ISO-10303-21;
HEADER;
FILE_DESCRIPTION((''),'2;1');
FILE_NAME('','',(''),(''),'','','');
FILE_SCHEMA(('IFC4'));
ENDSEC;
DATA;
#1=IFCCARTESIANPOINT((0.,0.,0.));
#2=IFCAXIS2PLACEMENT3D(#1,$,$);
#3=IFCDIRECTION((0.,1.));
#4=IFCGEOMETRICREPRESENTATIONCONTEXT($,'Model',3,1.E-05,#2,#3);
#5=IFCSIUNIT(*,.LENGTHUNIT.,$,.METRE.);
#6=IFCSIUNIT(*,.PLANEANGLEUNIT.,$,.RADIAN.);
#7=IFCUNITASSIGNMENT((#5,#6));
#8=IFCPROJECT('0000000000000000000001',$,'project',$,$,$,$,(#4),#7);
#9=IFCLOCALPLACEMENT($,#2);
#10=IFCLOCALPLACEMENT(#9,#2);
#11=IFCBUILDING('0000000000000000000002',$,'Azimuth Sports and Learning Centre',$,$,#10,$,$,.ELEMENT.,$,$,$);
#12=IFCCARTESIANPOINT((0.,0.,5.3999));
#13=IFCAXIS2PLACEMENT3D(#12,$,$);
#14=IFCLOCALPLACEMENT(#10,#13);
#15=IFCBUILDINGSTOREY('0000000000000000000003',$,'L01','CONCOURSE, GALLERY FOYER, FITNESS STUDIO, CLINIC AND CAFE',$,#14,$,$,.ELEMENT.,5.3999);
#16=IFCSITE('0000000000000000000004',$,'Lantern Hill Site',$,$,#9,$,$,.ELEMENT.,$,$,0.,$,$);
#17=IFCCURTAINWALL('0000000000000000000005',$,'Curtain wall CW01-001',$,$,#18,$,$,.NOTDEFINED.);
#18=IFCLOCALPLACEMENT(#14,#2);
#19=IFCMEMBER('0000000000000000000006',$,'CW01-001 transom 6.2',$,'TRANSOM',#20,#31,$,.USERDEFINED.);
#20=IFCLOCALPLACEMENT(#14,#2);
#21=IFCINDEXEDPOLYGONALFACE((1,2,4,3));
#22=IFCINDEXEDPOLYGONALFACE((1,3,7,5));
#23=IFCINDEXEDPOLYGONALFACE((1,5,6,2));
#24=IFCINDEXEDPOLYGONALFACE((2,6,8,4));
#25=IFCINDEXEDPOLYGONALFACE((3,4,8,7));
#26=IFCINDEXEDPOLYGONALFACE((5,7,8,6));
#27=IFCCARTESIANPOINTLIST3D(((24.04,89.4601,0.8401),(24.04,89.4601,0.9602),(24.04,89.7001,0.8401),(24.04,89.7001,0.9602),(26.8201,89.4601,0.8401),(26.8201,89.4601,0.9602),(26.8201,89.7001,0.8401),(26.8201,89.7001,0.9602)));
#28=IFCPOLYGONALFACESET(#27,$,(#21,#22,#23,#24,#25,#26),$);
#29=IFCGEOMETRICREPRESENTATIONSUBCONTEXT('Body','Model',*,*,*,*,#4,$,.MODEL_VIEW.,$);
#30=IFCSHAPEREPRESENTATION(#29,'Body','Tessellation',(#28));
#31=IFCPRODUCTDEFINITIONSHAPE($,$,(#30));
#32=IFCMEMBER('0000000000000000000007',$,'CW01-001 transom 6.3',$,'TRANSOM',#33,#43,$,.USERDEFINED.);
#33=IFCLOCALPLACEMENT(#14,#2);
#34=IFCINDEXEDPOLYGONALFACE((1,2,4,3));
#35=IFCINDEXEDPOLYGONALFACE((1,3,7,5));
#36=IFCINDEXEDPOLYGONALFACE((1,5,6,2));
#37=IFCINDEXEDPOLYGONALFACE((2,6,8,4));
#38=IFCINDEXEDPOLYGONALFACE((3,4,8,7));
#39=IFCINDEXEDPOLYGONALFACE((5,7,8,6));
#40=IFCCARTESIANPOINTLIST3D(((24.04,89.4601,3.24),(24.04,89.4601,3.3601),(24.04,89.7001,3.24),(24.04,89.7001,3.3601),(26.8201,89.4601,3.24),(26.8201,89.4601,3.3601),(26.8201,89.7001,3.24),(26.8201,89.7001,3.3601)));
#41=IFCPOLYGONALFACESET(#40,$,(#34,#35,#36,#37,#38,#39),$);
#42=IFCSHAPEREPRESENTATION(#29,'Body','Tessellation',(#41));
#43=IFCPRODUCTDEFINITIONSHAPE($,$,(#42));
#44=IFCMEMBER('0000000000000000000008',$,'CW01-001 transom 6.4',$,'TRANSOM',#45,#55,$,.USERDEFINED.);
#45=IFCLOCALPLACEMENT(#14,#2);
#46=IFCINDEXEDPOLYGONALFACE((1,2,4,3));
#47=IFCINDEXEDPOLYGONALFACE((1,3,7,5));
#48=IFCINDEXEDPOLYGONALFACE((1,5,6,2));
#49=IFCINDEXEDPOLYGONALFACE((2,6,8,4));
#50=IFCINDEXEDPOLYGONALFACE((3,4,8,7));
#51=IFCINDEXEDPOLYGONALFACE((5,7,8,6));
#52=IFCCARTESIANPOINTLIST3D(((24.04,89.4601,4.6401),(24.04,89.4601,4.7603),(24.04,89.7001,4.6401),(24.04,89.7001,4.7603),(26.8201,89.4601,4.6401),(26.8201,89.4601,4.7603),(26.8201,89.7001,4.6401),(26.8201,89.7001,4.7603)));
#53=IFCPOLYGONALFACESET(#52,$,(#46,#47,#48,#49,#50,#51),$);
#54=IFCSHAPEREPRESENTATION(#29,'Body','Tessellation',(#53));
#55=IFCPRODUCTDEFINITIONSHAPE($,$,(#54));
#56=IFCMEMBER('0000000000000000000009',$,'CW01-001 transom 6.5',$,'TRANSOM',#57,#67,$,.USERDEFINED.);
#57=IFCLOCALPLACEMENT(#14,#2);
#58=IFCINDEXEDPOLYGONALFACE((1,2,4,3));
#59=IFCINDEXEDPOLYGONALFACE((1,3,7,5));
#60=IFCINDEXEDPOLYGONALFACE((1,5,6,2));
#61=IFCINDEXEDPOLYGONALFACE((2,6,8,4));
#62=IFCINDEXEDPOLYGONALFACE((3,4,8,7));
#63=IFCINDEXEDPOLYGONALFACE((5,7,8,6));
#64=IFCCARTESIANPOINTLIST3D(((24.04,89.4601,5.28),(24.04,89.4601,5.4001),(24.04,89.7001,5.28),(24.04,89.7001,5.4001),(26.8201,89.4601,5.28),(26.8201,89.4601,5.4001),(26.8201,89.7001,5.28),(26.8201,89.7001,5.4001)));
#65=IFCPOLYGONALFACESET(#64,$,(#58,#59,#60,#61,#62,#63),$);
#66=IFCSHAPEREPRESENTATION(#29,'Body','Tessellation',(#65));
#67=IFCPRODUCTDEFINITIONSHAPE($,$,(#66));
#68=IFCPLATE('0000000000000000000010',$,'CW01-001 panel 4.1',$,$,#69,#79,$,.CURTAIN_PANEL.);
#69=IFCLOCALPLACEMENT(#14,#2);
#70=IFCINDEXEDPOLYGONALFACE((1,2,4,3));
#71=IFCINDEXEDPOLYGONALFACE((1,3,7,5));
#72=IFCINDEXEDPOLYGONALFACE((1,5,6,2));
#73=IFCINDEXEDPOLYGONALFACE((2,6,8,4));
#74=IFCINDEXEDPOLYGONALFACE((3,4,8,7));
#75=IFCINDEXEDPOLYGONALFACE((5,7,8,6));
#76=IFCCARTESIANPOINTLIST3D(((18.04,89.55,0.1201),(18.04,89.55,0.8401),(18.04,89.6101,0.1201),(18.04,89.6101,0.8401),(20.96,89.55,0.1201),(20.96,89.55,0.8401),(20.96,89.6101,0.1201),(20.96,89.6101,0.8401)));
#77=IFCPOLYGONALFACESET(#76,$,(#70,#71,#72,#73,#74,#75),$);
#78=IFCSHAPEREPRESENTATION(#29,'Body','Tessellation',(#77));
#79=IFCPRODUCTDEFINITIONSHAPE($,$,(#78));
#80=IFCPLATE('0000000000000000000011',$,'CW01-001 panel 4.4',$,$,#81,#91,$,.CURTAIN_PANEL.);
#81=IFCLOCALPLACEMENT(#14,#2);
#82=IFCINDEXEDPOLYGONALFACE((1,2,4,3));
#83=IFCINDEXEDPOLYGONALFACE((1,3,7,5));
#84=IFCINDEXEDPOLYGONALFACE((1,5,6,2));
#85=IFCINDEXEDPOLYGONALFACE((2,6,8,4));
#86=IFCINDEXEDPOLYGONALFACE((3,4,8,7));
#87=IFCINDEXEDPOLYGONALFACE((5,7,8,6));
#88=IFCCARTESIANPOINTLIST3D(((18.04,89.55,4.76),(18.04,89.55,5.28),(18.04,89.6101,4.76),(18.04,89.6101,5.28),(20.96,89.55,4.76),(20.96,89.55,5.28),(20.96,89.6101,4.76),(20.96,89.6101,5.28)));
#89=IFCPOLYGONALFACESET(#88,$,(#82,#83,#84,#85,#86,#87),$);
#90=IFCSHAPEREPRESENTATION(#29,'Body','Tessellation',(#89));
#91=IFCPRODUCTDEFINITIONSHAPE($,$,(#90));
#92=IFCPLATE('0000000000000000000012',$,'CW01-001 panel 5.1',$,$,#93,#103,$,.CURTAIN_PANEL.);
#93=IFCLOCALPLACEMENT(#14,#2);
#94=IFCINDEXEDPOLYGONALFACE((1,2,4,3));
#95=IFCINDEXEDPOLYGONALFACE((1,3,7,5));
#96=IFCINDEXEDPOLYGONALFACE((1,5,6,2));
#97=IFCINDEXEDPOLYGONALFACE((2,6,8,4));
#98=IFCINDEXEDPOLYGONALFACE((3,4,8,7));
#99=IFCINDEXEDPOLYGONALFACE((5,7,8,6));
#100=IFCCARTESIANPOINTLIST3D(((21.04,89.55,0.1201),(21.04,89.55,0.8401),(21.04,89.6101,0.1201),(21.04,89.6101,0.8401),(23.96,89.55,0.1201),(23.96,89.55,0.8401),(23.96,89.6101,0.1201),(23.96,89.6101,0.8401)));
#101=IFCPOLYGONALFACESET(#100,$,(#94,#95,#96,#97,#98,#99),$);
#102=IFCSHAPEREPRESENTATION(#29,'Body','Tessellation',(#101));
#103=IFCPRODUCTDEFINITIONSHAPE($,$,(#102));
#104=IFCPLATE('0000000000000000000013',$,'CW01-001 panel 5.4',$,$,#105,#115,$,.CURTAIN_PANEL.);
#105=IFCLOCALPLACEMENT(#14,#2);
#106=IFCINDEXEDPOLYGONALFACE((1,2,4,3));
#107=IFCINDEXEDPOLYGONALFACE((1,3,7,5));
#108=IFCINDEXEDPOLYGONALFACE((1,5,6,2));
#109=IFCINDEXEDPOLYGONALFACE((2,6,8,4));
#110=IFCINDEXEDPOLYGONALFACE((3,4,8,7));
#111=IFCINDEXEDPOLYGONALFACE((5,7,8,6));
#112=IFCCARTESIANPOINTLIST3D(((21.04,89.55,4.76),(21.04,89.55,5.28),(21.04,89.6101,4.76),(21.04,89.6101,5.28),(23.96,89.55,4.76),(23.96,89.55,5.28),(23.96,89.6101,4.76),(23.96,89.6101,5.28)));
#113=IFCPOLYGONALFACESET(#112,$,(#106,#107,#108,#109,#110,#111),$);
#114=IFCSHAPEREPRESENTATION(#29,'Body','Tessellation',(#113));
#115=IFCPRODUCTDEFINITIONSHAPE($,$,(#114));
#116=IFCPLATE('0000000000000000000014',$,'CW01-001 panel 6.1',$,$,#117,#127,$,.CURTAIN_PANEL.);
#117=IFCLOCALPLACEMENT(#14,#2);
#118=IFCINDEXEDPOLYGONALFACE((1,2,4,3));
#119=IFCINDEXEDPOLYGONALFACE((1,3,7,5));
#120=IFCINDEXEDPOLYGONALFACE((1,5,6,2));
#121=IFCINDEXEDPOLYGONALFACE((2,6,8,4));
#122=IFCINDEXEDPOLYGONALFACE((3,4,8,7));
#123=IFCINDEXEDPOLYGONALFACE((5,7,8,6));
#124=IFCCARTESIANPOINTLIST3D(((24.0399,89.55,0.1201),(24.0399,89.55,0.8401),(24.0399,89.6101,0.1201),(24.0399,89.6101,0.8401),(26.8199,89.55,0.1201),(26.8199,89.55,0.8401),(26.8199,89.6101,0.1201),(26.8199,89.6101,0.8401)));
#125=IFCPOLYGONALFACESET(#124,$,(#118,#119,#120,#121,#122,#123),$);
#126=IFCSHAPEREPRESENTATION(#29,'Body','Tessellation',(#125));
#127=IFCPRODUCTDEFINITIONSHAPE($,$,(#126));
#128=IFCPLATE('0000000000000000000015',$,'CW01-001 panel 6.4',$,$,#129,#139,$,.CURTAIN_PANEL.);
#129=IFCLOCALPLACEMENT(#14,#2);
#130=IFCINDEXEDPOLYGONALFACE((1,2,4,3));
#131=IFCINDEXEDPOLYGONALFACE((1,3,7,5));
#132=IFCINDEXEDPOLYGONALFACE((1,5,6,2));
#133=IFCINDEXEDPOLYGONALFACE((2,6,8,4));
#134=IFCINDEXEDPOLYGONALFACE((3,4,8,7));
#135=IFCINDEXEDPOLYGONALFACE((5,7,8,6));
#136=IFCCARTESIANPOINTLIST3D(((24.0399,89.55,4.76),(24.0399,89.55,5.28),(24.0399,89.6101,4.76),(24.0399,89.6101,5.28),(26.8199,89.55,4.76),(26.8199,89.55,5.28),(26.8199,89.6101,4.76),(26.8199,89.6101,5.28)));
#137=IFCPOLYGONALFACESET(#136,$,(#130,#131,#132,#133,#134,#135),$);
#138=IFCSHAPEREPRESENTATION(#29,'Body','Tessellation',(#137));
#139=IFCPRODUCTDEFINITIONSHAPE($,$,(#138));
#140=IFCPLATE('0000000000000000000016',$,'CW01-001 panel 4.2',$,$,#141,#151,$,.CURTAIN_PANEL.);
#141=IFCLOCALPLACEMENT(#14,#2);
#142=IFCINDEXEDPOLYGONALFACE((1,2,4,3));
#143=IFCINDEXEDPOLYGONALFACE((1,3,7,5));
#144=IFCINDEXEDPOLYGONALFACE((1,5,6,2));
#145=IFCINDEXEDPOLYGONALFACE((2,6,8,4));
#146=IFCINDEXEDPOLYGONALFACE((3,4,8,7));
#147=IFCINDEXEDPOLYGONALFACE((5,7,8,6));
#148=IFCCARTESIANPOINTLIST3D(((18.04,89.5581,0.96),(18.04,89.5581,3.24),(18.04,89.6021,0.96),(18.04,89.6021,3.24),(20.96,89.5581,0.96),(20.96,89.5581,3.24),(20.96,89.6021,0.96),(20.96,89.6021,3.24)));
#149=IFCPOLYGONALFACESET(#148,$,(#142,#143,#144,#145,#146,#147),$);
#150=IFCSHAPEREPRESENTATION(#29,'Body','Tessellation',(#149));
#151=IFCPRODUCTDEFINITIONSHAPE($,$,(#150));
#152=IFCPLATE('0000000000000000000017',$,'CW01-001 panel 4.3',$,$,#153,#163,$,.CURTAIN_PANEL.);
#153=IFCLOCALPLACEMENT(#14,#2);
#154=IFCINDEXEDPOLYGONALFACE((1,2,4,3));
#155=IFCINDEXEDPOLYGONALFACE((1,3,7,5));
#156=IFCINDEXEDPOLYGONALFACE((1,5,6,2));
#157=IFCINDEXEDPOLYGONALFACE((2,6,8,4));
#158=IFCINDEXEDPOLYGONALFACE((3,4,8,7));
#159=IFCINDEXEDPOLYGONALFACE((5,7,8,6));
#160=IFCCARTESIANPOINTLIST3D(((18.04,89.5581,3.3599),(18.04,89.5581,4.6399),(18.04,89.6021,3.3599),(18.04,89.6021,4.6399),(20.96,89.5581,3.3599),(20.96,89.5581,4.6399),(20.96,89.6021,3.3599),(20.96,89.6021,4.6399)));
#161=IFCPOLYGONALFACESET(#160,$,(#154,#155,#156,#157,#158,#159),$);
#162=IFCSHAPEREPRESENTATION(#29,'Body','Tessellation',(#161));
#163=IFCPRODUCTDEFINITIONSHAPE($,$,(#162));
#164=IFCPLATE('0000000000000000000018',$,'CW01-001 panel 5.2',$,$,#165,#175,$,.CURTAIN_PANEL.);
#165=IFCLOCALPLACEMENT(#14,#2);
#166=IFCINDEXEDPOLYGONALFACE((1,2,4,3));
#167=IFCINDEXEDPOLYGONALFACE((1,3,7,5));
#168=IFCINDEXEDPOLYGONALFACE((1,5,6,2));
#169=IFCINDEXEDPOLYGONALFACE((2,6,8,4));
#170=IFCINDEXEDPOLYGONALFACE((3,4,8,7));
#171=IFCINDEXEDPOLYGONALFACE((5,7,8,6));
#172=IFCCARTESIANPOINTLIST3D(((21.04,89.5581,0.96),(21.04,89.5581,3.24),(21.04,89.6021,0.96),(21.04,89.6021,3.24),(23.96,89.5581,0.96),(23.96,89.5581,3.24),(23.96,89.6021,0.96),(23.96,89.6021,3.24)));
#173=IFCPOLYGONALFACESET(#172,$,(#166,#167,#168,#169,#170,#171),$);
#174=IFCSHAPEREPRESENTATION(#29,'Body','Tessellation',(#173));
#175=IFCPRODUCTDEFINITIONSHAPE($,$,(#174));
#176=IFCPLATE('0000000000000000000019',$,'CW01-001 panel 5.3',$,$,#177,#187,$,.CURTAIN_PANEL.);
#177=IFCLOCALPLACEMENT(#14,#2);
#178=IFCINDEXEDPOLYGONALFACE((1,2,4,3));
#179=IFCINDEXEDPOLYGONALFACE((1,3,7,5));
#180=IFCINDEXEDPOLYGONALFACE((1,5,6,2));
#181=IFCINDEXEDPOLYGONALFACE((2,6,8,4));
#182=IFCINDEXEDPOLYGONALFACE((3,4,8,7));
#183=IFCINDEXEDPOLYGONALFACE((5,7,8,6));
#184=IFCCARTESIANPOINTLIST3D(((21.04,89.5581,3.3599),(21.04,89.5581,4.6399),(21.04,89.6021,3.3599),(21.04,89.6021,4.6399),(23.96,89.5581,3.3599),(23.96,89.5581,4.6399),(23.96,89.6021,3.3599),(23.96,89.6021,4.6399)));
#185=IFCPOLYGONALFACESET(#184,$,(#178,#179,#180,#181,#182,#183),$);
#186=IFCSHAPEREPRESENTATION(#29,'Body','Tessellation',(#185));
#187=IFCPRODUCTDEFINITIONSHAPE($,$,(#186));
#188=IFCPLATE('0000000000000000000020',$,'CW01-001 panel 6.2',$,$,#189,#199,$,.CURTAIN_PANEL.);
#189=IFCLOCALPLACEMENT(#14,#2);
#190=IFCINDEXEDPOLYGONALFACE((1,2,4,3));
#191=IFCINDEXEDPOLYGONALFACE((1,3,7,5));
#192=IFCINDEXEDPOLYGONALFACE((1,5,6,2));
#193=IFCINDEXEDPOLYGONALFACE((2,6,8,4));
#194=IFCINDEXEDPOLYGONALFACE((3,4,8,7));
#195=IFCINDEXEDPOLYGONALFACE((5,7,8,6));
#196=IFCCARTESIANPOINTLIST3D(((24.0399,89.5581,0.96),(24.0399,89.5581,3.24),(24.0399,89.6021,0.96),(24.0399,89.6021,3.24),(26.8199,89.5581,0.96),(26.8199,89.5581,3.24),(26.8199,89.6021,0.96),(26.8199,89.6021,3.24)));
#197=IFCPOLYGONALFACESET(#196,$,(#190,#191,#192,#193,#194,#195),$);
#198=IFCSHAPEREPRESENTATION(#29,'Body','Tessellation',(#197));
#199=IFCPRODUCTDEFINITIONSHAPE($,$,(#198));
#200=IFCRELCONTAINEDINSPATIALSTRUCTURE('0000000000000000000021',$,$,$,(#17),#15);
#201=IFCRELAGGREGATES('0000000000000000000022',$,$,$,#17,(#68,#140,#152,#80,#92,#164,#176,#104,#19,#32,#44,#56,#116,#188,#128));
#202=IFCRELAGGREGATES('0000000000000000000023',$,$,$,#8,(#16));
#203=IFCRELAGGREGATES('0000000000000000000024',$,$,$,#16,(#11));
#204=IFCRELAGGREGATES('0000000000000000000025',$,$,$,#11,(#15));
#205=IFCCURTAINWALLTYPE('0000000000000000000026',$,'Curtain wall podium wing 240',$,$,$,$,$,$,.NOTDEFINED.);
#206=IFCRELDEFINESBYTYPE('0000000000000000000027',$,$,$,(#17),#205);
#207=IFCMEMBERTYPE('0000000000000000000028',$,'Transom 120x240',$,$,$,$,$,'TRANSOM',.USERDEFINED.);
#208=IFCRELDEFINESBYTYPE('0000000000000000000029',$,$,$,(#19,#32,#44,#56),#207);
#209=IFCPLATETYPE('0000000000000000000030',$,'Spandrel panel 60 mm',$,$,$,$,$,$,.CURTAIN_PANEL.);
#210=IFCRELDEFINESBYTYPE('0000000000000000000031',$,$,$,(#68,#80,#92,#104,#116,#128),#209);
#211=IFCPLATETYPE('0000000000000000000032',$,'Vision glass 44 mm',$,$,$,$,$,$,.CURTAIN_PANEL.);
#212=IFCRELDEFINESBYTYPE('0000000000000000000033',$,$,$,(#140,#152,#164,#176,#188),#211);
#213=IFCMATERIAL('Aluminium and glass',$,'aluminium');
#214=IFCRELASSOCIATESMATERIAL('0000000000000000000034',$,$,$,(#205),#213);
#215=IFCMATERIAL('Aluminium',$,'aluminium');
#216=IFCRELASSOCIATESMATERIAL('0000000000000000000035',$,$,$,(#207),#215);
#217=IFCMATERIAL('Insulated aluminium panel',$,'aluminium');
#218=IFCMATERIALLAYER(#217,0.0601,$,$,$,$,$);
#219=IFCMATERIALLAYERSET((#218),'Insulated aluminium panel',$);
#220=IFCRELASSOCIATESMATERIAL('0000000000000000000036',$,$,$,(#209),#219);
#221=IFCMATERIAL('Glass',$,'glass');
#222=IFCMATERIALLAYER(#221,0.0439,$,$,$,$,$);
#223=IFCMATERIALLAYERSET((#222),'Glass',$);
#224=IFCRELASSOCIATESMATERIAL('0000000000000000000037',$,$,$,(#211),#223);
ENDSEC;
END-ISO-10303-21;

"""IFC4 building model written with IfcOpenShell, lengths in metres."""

from ifc_helpers import new_model, si_unit, direction, frame, origin, origin_2d, place, context, subcontext, project, spatial, rectangle, extrude, material, layer, layer_set, material_profile, profile_set, type_object, element, aggregate, save


model = new_model("IFC4")

# Units and contexts
model_context = context("Model", 3, precision=1e-05, world=origin(), true_north=direction((0.0, 1.0)))
body_context = subcontext(model_context, "Body", "Model", "MODEL_VIEW")
ifc_project = project(units=[si_unit("LENGTHUNIT", "METRE"), si_unit("PLANEANGLEUNIT", "RADIAN")], contexts=[model_context])

# Site, building, storey
site_placement = place(None, origin())
site = spatial("IfcSite", under=ifc_project, at=site_placement, Name="Lantern Hill Site", CompositionType="ELEMENT", RefElevation=0.0)
building_placement = place(site_placement, origin())
building = spatial("IfcBuilding", under=site, at=building_placement, Name="Azimuth Sports and Learning Centre", CompositionType="ELEMENT")
storey_placement = place(building_placement, frame((0.0, 0.0, 5.3999)))
storey = spatial("IfcBuildingStorey", under=building, at=storey_placement, Name="L01", Description="CONCOURSE, GALLERY FOYER, FITNESS STUDIO, CLINIC AND CAFE", CompositionType="ELEMENT", Elevation=5.3999)

# Curtain wall
ifc_material_1 = material(Name="Aluminium and glass", Category="aluminium")
curtain_wall_type = type_object("IfcCurtainWallType", Name="Curtain wall podium wing 240", PredefinedType="NOTDEFINED", material=ifc_material_1)
curtain_wall_1_placement = place(storey_placement, origin())
curtain_wall_1 = element("IfcCurtainWall", 1, at=curtain_wall_1_placement, inside=storey, type_object=curtain_wall_type, Name="Curtain wall CW01-001", PredefinedType="NOTDEFINED")

# Members
ifc_material_2 = material(Name="Aluminium", Category="aluminium")
ifc_material_profile_1 = material_profile(ifc_material_2, rectangle(XDim=0.24, YDim=0.1201, at=origin_2d()), Name="Transom 120x240")
ifc_profile_set_1 = profile_set([ifc_material_profile_1], Name="Aluminium")
member_type_1 = type_object("IfcMemberType", Name="Transom 120x240", ElementType="TRANSOM", PredefinedType="USERDEFINED", material=ifc_profile_set_1)
member_1_placement = place(storey_placement, frame((24.04, 89.5801, 0.9001), z_axis=(1.0, 0.0, 0.0), x_axis=(0.0, 1.0, 0.0)))
member_1 = element("IfcMember", 2, at=member_1_placement, type_object=member_type_1, Name="CW01-001 transom 6.2", ObjectType="TRANSOM", PredefinedType="USERDEFINED", context=body_context, shape_type="SweptSolid", body=[
    extrude(rectangle(XDim=0.24, YDim=0.1201, at=origin_2d()), origin(), (0.0, 0.0, 1.0), 2.78),
])
member_2_placement = place(storey_placement, frame((24.04, 89.5801, 3.3), z_axis=(1.0, 0.0, 0.0), x_axis=(0.0, 1.0, 0.0)))
member_2 = element("IfcMember", 3, at=member_2_placement, type_object=member_type_1, Name="CW01-001 transom 6.3", ObjectType="TRANSOM", PredefinedType="USERDEFINED", context=body_context, shape_type="SweptSolid", body=[
    extrude(rectangle(XDim=0.24, YDim=0.1201, at=origin_2d()), origin(), (0.0, 0.0, 1.0), 2.78),
])
member_3_placement = place(storey_placement, frame((24.04, 89.5801, 4.7002), z_axis=(1.0, 0.0, 0.0), x_axis=(0.0, 1.0, 0.0)))
member_3 = element("IfcMember", 4, at=member_3_placement, type_object=member_type_1, Name="CW01-001 transom 6.4", ObjectType="TRANSOM", PredefinedType="USERDEFINED", context=body_context, shape_type="SweptSolid", body=[
    extrude(rectangle(XDim=0.24, YDim=0.1201, at=origin_2d()), origin(), (0.0, 0.0, 1.0), 2.78),
])
member_4_placement = place(storey_placement, frame((24.04, 89.5801, 5.3401), z_axis=(1.0, 0.0, 0.0), x_axis=(0.0, 1.0, 0.0)))
member_4 = element("IfcMember", 5, at=member_4_placement, type_object=member_type_1, Name="CW01-001 transom 6.5", ObjectType="TRANSOM", PredefinedType="USERDEFINED", context=body_context, shape_type="SweptSolid", body=[
    extrude(rectangle(XDim=0.24, YDim=0.1201, at=origin_2d()), origin(), (0.0, 0.0, 1.0), 2.78),
])

# Plates
ifc_material_3 = material(Name="Insulated aluminium panel", Category="aluminium")
ifc_layer_1 = layer(ifc_material_3, 0.0601)
ifc_layer_set_1 = layer_set([ifc_layer_1], Name="Insulated aluminium panel")
plate_type_1 = type_object("IfcPlateType", Name="Spandrel panel 60 mm", PredefinedType="CURTAIN_PANEL", material=ifc_layer_set_1)
plate_1_placement = place(storey_placement, frame((19.5, 89.5801, 0.1201), z_axis=(0.0, 0.0, 1.0), x_axis=(1.0, 0.0, 0.0)))
plate_1 = element("IfcPlate", 6, at=plate_1_placement, type_object=plate_type_1, Name="CW01-001 panel 4.1", PredefinedType="CURTAIN_PANEL", context=body_context, shape_type="SweptSolid", body=[
    extrude(rectangle(XDim=2.9199, YDim=0.0601, at=origin_2d()), origin(), (0.0, 0.0, 1.0), 0.72),
])
plate_2_placement = place(storey_placement, frame((19.5, 89.5801, 4.76), z_axis=(0.0, 0.0, 1.0), x_axis=(1.0, 0.0, 0.0)))
plate_2 = element("IfcPlate", 7, at=plate_2_placement, type_object=plate_type_1, Name="CW01-001 panel 4.4", PredefinedType="CURTAIN_PANEL", context=body_context, shape_type="SweptSolid", body=[
    extrude(rectangle(XDim=2.9199, YDim=0.0601, at=origin_2d()), origin(), (0.0, 0.0, 1.0), 0.52),
])
plate_3_placement = place(storey_placement, frame((22.5, 89.5801, 0.1201), z_axis=(0.0, 0.0, 1.0), x_axis=(1.0, 0.0, 0.0)))
plate_3 = element("IfcPlate", 8, at=plate_3_placement, type_object=plate_type_1, Name="CW01-001 panel 5.1", PredefinedType="CURTAIN_PANEL", context=body_context, shape_type="SweptSolid", body=[
    extrude(rectangle(XDim=2.9199, YDim=0.0601, at=origin_2d()), origin(), (0.0, 0.0, 1.0), 0.72),
])
plate_4_placement = place(storey_placement, frame((22.5, 89.5801, 4.76), z_axis=(0.0, 0.0, 1.0), x_axis=(1.0, 0.0, 0.0)))
plate_4 = element("IfcPlate", 9, at=plate_4_placement, type_object=plate_type_1, Name="CW01-001 panel 5.4", PredefinedType="CURTAIN_PANEL", context=body_context, shape_type="SweptSolid", body=[
    extrude(rectangle(XDim=2.9199, YDim=0.0601, at=origin_2d()), origin(), (0.0, 0.0, 1.0), 0.52),
])
plate_5_placement = place(storey_placement, frame((25.4299, 89.5801, 0.1201), z_axis=(0.0, 0.0, 1.0), x_axis=(1.0, 0.0, 0.0)))
plate_5 = element("IfcPlate", 10, at=plate_5_placement, type_object=plate_type_1, Name="CW01-001 panel 6.1", PredefinedType="CURTAIN_PANEL", context=body_context, shape_type="SweptSolid", body=[
    extrude(rectangle(XDim=2.78, YDim=0.0601, at=origin_2d()), origin(), (0.0, 0.0, 1.0), 0.72),
])
plate_6_placement = place(storey_placement, frame((25.4299, 89.5801, 4.76), z_axis=(0.0, 0.0, 1.0), x_axis=(1.0, 0.0, 0.0)))
plate_6 = element("IfcPlate", 11, at=plate_6_placement, type_object=plate_type_1, Name="CW01-001 panel 6.4", PredefinedType="CURTAIN_PANEL", context=body_context, shape_type="SweptSolid", body=[
    extrude(rectangle(XDim=2.78, YDim=0.0601, at=origin_2d()), origin(), (0.0, 0.0, 1.0), 0.52),
])
ifc_material_4 = material(Name="Glass", Category="glass")
ifc_layer_2 = layer(ifc_material_4, 0.0439)
ifc_layer_set_2 = layer_set([ifc_layer_2], Name="Glass")
plate_type_2 = type_object("IfcPlateType", Name="Vision glass 44 mm", PredefinedType="CURTAIN_PANEL", material=ifc_layer_set_2)
plate_7_placement = place(storey_placement, frame((19.5, 89.5801, 0.96), z_axis=(0.0, 0.0, 1.0), x_axis=(1.0, 0.0, 0.0)))
plate_7 = element("IfcPlate", 12, at=plate_7_placement, type_object=plate_type_2, Name="CW01-001 panel 4.2", PredefinedType="CURTAIN_PANEL", context=body_context, shape_type="SweptSolid", body=[
    extrude(rectangle(XDim=2.9199, YDim=0.0439, at=origin_2d()), origin(), (0.0, 0.0, 1.0), 2.28),
])
plate_8_placement = place(storey_placement, frame((19.5, 89.5801, 3.3599), z_axis=(0.0, 0.0, 1.0), x_axis=(1.0, 0.0, 0.0)))
plate_8 = element("IfcPlate", 13, at=plate_8_placement, type_object=plate_type_2, Name="CW01-001 panel 4.3", PredefinedType="CURTAIN_PANEL", context=body_context, shape_type="SweptSolid", body=[
    extrude(rectangle(XDim=2.9199, YDim=0.0439, at=origin_2d()), origin(), (0.0, 0.0, 1.0), 1.28),
])
plate_9_placement = place(storey_placement, frame((22.5, 89.5801, 0.96), z_axis=(0.0, 0.0, 1.0), x_axis=(1.0, 0.0, 0.0)))
plate_9 = element("IfcPlate", 14, at=plate_9_placement, type_object=plate_type_2, Name="CW01-001 panel 5.2", PredefinedType="CURTAIN_PANEL", context=body_context, shape_type="SweptSolid", body=[
    extrude(rectangle(XDim=2.9199, YDim=0.0439, at=origin_2d()), origin(), (0.0, 0.0, 1.0), 2.28),
])
plate_10_placement = place(storey_placement, frame((22.5, 89.5801, 3.3599), z_axis=(0.0, 0.0, 1.0), x_axis=(1.0, 0.0, 0.0)))
plate_10 = element("IfcPlate", 15, at=plate_10_placement, type_object=plate_type_2, Name="CW01-001 panel 5.3", PredefinedType="CURTAIN_PANEL", context=body_context, shape_type="SweptSolid", body=[
    extrude(rectangle(XDim=2.9199, YDim=0.0439, at=origin_2d()), origin(), (0.0, 0.0, 1.0), 1.28),
])
plate_11_placement = place(storey_placement, frame((25.4299, 89.5801, 0.96), z_axis=(0.0, 0.0, 1.0), x_axis=(1.0, 0.0, 0.0)))
plate_11 = element("IfcPlate", 16, at=plate_11_placement, type_object=plate_type_2, Name="CW01-001 panel 6.2", PredefinedType="CURTAIN_PANEL", context=body_context, shape_type="SweptSolid", body=[
    extrude(rectangle(XDim=2.78, YDim=0.0439, at=origin_2d()), origin(), (0.0, 0.0, 1.0), 2.28),
])
aggregate(curtain_wall_1, [plate_1, plate_7, plate_8, plate_2, plate_3, plate_9, plate_10, plate_4, member_1, member_2, member_3, member_4, plate_5, plate_11, plate_6])

save(model, "model.ifc")
